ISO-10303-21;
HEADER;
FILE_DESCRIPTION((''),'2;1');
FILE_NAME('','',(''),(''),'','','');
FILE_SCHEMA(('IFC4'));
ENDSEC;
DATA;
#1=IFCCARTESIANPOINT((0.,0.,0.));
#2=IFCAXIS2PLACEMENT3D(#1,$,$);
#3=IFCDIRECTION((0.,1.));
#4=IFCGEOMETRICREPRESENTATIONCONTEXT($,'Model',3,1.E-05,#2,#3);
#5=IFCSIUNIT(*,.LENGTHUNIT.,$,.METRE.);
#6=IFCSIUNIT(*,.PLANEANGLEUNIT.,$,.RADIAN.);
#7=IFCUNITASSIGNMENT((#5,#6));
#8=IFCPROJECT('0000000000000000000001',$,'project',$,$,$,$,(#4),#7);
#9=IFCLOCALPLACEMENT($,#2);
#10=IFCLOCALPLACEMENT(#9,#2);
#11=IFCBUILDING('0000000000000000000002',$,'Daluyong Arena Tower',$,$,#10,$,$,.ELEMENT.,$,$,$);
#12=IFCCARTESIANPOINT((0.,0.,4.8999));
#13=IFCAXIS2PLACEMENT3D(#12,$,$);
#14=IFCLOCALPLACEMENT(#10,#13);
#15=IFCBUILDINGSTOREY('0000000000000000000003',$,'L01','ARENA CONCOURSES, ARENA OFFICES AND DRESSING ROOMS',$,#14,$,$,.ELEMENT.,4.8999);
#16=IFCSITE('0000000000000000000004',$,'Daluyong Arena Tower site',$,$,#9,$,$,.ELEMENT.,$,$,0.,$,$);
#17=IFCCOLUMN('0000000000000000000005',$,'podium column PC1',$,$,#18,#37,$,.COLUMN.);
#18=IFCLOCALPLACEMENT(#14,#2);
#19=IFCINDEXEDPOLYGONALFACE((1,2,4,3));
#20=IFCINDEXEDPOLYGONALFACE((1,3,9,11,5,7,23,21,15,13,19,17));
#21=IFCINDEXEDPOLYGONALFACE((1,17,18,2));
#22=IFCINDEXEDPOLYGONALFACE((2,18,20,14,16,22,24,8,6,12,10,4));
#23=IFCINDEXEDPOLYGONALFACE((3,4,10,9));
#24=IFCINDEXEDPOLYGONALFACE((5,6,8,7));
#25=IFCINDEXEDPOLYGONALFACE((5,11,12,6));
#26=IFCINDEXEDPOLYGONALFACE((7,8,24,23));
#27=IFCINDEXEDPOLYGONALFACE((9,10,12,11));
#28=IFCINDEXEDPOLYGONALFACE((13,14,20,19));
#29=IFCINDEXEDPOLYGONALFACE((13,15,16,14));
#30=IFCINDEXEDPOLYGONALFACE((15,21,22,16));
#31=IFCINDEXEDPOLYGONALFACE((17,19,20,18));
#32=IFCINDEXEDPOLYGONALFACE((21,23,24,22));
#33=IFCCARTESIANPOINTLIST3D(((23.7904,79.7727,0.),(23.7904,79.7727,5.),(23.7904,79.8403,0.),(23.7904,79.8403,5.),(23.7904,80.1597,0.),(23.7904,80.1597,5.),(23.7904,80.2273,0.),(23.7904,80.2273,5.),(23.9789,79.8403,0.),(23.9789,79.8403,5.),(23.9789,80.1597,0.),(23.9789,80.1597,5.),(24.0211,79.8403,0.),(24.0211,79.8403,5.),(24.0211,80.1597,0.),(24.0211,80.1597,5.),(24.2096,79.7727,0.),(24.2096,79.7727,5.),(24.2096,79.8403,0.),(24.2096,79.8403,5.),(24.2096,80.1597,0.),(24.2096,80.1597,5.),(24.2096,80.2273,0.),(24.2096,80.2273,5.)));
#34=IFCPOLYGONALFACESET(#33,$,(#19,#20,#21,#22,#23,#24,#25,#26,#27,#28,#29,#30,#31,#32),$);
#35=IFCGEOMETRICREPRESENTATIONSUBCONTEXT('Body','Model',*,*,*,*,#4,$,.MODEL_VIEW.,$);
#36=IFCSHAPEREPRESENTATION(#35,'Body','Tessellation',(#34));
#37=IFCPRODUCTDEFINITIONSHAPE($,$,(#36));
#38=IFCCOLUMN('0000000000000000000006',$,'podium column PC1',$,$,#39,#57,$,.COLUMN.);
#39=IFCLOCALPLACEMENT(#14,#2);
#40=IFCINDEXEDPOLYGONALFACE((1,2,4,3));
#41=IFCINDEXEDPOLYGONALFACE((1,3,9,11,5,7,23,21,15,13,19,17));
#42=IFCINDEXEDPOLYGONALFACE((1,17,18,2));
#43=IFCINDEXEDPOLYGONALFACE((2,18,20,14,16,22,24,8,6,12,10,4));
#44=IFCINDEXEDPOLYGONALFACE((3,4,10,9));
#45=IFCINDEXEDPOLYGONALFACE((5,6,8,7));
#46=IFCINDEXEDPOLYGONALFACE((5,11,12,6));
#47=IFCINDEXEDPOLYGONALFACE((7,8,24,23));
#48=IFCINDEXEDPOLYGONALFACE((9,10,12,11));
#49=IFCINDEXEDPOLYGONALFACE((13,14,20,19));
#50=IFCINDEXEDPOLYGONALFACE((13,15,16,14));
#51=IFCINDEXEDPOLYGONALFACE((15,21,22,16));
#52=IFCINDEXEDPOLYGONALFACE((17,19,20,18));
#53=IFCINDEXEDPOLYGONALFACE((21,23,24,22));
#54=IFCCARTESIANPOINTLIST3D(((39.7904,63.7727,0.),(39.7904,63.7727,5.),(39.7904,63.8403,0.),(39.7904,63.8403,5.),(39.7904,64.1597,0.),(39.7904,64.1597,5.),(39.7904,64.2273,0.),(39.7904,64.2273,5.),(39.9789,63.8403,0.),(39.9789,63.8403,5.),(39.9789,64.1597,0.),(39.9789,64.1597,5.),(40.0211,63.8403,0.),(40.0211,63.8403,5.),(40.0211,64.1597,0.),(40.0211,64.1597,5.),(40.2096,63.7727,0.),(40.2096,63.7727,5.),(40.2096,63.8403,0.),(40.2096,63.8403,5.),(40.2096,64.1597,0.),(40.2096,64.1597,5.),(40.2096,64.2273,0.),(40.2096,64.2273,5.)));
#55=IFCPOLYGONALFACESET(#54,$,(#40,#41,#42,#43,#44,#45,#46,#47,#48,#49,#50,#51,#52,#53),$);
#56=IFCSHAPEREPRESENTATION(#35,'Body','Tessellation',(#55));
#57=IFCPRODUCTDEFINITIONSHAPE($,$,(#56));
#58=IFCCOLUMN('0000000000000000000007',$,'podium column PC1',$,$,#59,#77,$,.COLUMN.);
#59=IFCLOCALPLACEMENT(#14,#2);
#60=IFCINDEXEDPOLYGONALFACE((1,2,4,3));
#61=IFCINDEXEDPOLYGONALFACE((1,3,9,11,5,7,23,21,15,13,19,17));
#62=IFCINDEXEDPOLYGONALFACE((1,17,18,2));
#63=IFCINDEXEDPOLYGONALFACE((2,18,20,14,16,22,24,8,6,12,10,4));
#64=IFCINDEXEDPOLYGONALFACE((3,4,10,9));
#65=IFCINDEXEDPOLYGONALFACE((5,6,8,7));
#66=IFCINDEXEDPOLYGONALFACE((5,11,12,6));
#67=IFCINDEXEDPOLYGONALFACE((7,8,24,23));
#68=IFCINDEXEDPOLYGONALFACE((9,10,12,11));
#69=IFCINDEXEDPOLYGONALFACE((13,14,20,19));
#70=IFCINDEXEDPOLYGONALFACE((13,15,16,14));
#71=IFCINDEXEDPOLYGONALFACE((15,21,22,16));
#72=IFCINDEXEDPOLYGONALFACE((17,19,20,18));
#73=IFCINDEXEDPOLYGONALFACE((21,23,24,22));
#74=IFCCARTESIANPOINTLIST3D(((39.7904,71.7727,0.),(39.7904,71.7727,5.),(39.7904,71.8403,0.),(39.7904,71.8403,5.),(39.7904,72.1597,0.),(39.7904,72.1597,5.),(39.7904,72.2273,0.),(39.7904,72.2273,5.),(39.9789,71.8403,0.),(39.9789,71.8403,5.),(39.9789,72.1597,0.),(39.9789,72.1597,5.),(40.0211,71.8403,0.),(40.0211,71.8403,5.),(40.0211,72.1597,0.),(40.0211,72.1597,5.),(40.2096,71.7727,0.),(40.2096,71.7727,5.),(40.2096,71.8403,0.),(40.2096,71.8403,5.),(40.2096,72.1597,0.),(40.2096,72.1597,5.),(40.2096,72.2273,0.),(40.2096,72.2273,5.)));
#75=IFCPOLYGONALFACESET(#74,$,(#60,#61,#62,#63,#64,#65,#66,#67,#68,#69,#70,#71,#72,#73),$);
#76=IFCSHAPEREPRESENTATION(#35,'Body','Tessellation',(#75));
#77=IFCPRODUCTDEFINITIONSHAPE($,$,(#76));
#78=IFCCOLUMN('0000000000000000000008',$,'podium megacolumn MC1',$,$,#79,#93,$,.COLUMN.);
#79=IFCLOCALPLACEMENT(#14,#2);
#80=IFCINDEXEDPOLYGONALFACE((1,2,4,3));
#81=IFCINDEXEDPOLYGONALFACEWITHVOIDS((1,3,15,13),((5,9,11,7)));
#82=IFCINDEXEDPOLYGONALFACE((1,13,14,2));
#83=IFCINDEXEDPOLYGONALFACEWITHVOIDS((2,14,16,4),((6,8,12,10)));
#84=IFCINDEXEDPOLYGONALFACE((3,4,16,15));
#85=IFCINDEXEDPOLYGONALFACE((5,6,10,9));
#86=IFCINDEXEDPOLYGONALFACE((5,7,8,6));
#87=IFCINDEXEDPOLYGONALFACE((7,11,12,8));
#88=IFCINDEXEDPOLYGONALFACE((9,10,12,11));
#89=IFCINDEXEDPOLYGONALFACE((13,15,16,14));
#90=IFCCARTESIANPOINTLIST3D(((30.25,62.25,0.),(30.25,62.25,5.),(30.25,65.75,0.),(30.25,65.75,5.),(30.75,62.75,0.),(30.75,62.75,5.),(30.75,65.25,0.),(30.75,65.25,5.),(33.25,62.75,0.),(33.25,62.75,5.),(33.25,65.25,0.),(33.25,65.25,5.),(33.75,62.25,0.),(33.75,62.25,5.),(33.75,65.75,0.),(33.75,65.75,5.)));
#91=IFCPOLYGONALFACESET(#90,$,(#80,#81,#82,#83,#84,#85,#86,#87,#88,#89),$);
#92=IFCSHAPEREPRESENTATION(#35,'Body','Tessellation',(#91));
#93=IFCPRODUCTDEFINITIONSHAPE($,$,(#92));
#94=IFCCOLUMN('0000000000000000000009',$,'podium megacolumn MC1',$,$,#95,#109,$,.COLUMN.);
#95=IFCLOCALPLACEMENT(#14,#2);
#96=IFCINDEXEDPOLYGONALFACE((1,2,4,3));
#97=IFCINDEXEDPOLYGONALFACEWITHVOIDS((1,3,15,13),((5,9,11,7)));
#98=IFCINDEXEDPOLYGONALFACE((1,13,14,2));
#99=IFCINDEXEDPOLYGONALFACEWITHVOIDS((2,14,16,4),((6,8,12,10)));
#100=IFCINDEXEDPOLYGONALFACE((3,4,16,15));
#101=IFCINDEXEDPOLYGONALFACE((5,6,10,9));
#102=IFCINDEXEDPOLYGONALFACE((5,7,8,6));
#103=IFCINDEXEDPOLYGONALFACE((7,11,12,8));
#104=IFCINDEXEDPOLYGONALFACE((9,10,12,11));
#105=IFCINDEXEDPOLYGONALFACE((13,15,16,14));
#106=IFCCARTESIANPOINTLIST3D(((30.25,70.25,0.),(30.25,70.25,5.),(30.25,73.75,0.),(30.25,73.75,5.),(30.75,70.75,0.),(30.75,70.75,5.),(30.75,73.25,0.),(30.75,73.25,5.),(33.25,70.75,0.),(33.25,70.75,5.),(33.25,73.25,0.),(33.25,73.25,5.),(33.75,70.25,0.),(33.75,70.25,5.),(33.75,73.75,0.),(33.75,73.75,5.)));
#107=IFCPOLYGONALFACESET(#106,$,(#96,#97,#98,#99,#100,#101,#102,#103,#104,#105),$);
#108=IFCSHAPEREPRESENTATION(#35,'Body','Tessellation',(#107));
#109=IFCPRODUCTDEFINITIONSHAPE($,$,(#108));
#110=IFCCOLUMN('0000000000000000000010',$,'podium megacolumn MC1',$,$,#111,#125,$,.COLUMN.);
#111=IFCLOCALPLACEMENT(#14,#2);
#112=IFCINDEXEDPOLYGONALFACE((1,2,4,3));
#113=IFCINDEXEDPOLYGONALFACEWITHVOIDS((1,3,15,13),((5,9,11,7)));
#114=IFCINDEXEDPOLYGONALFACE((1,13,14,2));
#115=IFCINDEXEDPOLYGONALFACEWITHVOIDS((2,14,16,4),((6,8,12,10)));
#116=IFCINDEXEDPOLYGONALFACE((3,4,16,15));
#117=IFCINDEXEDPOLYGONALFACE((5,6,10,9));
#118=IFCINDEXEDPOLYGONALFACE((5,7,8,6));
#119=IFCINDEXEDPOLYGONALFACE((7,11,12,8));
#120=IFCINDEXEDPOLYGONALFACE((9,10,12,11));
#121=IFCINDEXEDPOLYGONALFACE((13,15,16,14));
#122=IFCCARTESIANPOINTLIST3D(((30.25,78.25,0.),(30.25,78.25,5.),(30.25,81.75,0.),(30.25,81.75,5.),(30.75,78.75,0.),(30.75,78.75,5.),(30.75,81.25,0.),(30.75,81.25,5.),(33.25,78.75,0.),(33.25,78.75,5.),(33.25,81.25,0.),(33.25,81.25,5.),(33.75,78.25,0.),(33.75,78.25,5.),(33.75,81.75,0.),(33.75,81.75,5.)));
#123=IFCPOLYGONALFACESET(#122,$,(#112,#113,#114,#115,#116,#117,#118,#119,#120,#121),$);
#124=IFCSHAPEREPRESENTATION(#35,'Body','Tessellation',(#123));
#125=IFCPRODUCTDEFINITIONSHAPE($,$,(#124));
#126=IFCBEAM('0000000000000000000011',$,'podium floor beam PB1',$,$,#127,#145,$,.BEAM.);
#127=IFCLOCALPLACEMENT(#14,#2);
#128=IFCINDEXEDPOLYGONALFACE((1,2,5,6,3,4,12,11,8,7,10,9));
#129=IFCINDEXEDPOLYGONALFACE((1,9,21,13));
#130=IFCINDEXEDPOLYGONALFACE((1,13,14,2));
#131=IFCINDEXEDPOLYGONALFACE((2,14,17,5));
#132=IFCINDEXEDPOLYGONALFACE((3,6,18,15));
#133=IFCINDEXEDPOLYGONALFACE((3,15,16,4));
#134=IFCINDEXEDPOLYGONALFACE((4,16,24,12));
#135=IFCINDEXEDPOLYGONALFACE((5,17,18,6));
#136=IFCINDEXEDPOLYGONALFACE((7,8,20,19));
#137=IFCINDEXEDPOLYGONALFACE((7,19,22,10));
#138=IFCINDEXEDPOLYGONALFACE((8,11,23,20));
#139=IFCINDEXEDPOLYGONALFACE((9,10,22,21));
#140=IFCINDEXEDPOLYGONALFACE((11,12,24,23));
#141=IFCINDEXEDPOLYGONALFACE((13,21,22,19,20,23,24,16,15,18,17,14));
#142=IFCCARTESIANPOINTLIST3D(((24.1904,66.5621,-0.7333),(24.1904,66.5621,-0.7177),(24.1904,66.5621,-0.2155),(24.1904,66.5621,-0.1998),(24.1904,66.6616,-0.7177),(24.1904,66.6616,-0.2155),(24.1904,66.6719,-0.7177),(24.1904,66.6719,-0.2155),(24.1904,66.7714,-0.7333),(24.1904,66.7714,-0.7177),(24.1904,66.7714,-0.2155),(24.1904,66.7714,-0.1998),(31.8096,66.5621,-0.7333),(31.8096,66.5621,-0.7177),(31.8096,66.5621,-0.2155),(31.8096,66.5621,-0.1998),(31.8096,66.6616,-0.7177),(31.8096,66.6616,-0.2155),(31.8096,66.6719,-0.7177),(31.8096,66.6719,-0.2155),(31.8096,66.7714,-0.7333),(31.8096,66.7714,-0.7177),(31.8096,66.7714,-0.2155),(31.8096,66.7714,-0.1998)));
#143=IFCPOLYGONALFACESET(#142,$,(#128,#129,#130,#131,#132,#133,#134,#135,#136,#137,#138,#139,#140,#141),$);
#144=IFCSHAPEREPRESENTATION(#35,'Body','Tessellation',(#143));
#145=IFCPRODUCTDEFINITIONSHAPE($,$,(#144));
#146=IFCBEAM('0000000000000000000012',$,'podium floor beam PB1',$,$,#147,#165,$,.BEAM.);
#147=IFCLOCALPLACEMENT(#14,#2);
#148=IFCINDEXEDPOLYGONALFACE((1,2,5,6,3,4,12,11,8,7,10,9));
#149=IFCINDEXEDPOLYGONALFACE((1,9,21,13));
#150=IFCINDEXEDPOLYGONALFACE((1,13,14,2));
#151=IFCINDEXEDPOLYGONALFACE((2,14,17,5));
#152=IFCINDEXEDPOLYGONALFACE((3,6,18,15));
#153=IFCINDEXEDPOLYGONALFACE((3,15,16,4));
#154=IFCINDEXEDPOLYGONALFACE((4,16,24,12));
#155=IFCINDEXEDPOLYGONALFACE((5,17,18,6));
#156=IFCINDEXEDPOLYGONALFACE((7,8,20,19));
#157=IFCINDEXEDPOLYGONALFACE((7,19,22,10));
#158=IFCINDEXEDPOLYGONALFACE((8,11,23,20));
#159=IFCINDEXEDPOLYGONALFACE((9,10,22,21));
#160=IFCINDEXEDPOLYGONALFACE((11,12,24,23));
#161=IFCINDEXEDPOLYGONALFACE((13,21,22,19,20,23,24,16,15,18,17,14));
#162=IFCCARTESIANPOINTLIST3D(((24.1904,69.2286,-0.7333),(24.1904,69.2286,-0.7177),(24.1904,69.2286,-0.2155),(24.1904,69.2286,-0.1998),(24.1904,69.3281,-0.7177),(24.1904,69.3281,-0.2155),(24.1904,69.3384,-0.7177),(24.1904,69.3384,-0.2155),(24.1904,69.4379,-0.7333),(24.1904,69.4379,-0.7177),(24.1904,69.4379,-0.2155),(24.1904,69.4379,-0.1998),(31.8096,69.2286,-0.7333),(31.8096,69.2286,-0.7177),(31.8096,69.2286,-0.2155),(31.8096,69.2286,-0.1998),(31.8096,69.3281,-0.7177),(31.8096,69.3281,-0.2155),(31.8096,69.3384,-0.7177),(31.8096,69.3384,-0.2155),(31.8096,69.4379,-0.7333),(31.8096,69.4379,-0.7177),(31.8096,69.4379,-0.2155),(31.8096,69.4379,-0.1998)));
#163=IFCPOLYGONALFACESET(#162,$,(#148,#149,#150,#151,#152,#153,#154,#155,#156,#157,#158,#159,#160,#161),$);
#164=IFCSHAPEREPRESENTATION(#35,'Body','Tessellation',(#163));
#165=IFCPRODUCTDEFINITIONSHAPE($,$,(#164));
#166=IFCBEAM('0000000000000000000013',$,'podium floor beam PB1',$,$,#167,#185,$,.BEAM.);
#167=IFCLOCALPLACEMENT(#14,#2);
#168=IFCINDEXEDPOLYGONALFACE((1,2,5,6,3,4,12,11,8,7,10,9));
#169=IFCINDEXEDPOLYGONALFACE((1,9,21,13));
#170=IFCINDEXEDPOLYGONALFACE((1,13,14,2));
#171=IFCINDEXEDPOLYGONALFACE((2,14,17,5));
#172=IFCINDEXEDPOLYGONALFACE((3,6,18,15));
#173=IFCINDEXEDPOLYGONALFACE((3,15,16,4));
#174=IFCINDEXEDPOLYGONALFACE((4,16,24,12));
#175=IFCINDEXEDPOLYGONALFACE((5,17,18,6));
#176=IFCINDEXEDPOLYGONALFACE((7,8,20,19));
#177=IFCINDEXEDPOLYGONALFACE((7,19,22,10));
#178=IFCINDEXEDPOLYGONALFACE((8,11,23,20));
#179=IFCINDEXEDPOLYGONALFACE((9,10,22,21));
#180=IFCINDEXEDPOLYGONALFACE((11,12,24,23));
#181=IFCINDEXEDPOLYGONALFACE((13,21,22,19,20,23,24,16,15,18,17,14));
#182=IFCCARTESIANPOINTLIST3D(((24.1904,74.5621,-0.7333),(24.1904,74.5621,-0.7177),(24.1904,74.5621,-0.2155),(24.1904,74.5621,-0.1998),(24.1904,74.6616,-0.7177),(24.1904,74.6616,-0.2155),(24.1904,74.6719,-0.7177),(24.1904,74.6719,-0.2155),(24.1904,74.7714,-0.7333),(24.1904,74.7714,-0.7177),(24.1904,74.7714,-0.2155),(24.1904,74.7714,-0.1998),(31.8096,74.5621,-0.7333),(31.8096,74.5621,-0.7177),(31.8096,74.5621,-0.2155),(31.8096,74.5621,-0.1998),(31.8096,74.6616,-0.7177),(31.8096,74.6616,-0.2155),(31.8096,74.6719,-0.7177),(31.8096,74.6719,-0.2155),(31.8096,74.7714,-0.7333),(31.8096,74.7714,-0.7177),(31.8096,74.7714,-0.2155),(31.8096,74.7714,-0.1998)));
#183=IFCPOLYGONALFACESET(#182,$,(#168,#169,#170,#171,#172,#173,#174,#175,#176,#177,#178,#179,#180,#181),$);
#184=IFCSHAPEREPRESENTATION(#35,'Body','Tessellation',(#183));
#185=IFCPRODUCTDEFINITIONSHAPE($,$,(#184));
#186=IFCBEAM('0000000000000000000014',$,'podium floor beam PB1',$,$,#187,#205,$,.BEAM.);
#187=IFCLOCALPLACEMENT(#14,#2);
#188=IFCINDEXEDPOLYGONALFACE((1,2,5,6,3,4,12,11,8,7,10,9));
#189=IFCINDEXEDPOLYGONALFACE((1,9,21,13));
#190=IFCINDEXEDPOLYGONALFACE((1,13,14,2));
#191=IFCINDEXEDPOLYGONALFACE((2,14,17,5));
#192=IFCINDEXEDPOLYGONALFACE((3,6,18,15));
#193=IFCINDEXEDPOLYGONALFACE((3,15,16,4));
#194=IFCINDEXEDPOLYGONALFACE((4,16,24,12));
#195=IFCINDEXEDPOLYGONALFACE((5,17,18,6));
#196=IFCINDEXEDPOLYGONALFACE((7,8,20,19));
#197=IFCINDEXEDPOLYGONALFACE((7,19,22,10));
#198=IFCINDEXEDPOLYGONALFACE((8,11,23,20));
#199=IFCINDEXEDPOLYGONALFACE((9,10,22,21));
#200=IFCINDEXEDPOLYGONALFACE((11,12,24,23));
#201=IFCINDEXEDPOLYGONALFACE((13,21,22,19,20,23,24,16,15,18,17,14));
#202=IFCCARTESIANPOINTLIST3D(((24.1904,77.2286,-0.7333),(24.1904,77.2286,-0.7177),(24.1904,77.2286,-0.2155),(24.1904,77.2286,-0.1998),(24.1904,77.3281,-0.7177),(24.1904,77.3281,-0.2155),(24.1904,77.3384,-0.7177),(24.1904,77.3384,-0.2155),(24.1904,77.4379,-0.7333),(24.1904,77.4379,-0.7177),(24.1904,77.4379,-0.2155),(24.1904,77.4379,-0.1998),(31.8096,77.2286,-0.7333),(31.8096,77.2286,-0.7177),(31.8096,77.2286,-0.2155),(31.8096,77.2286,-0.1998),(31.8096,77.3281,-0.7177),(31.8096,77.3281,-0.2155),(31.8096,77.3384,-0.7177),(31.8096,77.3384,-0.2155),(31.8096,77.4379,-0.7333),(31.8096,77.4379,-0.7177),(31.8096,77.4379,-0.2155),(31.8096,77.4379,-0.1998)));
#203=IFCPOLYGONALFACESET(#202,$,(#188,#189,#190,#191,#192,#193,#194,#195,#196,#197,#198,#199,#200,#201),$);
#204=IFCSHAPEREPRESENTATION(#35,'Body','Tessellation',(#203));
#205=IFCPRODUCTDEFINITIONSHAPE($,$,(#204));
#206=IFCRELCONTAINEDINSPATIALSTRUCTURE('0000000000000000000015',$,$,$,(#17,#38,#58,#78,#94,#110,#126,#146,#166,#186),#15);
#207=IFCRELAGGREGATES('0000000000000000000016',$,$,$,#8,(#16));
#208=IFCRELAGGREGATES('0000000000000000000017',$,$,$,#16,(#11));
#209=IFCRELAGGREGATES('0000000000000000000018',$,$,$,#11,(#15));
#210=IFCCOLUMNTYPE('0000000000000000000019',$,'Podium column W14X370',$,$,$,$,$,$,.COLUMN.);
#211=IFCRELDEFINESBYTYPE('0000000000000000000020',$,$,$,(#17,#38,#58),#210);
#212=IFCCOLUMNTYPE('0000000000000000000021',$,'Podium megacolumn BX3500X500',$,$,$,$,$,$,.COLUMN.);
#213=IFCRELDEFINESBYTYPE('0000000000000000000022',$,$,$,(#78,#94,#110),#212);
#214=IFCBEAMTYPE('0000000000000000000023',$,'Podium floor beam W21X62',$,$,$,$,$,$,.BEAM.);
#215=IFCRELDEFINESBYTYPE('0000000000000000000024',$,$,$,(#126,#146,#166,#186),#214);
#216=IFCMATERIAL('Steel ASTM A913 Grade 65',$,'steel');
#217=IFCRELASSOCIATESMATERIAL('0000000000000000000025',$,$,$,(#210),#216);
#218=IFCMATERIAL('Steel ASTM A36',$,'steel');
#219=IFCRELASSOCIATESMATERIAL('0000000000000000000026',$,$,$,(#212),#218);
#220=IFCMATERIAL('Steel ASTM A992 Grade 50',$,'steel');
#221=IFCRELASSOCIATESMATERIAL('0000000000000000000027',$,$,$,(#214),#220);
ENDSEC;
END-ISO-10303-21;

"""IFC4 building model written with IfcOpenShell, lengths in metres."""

from ifc_helpers import new_model, si_unit, direction, frame, origin, origin_2d, place, context, subcontext, project, spatial, hollow_rectangle, i_section, extrude, material, material_profile, profile_set, type_object, element, save


model = new_model("IFC4")

# Units and contexts
model_context = context("Model", 3, precision=1e-05, world=origin(), true_north=direction((0.0, 1.0)))
body_context = subcontext(model_context, "Body", "Model", "MODEL_VIEW")
ifc_project = project(units=[si_unit("LENGTHUNIT", "METRE"), si_unit("PLANEANGLEUNIT", "RADIAN")], contexts=[model_context])

# Site, building, storey
site_placement = place(None, origin())
site = spatial("IfcSite", under=ifc_project, at=site_placement, Name="Daluyong Arena Tower site", CompositionType="ELEMENT", RefElevation=0.0)
building_placement = place(site_placement, origin())
building = spatial("IfcBuilding", under=site, at=building_placement, Name="Daluyong Arena Tower", CompositionType="ELEMENT")
storey_placement = place(building_placement, frame((0.0, 0.0, 4.8999)))
storey = spatial("IfcBuildingStorey", under=building, at=storey_placement, Name="L01", Description="ARENA CONCOURSES, ARENA OFFICES AND DRESSING ROOMS", CompositionType="ELEMENT", Elevation=4.8999)

# Columns
ifc_material_1 = material(Name="Steel ASTM A913 Grade 65", Category="steel")
ifc_material_profile_1 = material_profile(ifc_material_1, i_section(OverallWidth=0.4192, OverallDepth=0.4546, WebThickness=0.0422, FlangeThickness=0.0676, at=origin_2d()))
ifc_profile_set_1 = profile_set([ifc_material_profile_1], Name="Steel ASTM A913 Grade 65")
column_type_1 = type_object("IfcColumnType", Name="Podium column W14X370", PredefinedType="COLUMN", material=ifc_profile_set_1)
for number, where, z_axis, x_axis, name in (
    (1, (24.0, 80.0, 0.0), (0.0, 0.0, 1.0), (1.0, 0.0, 0.0), "podium column PC1"),
    (2, (40.0, 64.0, 0.0), (0.0, 0.0, 1.0), (1.0, 0.0, 0.0), "podium column PC1"),
    (3, (40.0, 72.0, 0.0), (0.0, 0.0, 1.0), (1.0, 0.0, 0.0), "podium column PC1"),
):
    element("IfcColumn", number, at=place(storey_placement, frame(where, z_axis=z_axis, x_axis=x_axis)), inside=storey, type_object=column_type_1, Name=name, PredefinedType="COLUMN", context=body_context, shape_type="SweptSolid", body=[
        extrude(i_section(OverallWidth=0.4192, OverallDepth=0.4546, WebThickness=0.0422, FlangeThickness=0.0676, at=origin_2d()), origin(), (0.0, 0.0, 1.0), 5.0),
    ])
ifc_material_2 = material(Name="Steel ASTM A36", Category="steel")
ifc_material_profile_2 = material_profile(ifc_material_2, hollow_rectangle(XDim=3.5, YDim=3.5, WallThickness=0.5, at=origin_2d()))
ifc_profile_set_2 = profile_set([ifc_material_profile_2], Name="Steel ASTM A36")
column_type_2 = type_object("IfcColumnType", Name="Podium megacolumn BX3500X500", PredefinedType="COLUMN", material=ifc_profile_set_2)
for number, where, z_axis, x_axis, name in (
    (4, (32.0, 64.0, 0.0), (0.0, 0.0, 1.0), (1.0, 0.0, 0.0), "podium megacolumn MC1"),
    (5, (32.0, 72.0, 0.0), (0.0, 0.0, 1.0), (1.0, 0.0, 0.0), "podium megacolumn MC1"),
    (6, (32.0, 80.0, 0.0), (0.0, 0.0, 1.0), (1.0, 0.0, 0.0), "podium megacolumn MC1"),
):
    element("IfcColumn", number, at=place(storey_placement, frame(where, z_axis=z_axis, x_axis=x_axis)), inside=storey, type_object=column_type_2, Name=name, PredefinedType="COLUMN", context=body_context, shape_type="SweptSolid", body=[
        extrude(hollow_rectangle(XDim=3.5, YDim=3.5, WallThickness=0.5, at=origin_2d()), origin(), (0.0, 0.0, 1.0), 5.0),
    ])

# Beams
ifc_material_3 = material(Name="Steel ASTM A992 Grade 50", Category="steel")
ifc_material_profile_3 = material_profile(ifc_material_3, i_section(OverallWidth=0.2092, OverallDepth=0.5334, WebThickness=0.0103, FlangeThickness=0.0156, at=origin_2d()))
ifc_profile_set_3 = profile_set([ifc_material_profile_3], Name="Steel ASTM A992 Grade 50")
beam_type_1 = type_object("IfcBeamType", Name="Podium floor beam W21X62", PredefinedType="BEAM", material=ifc_profile_set_3)
for number, where, z_axis, x_axis, name in (
    (7, (24.1904, 66.6667, -0.4666), (1.0, 0.0, 0.0), (0.0, 1.0, 0.0), "podium floor beam PB1"),
    (8, (24.1904, 69.3333, -0.4666), (1.0, 0.0, 0.0), (0.0, 1.0, 0.0), "podium floor beam PB1"),
    (9, (24.1904, 74.6667, -0.4666), (1.0, 0.0, 0.0), (0.0, 1.0, 0.0), "podium floor beam PB1"),
    (10, (24.1904, 77.3333, -0.4666), (1.0, 0.0, 0.0), (0.0, 1.0, 0.0), "podium floor beam PB1"),
):
    element("IfcBeam", number, at=place(storey_placement, frame(where, z_axis=z_axis, x_axis=x_axis)), inside=storey, type_object=beam_type_1, Name=name, PredefinedType="BEAM", context=body_context, shape_type="SweptSolid", body=[
        extrude(i_section(OverallWidth=0.2092, OverallDepth=0.5334, WebThickness=0.0103, FlangeThickness=0.0156, at=origin_2d()), origin(), (0.0, 0.0, 1.0), 7.6191),
    ])

save(model, "model.ifc")
